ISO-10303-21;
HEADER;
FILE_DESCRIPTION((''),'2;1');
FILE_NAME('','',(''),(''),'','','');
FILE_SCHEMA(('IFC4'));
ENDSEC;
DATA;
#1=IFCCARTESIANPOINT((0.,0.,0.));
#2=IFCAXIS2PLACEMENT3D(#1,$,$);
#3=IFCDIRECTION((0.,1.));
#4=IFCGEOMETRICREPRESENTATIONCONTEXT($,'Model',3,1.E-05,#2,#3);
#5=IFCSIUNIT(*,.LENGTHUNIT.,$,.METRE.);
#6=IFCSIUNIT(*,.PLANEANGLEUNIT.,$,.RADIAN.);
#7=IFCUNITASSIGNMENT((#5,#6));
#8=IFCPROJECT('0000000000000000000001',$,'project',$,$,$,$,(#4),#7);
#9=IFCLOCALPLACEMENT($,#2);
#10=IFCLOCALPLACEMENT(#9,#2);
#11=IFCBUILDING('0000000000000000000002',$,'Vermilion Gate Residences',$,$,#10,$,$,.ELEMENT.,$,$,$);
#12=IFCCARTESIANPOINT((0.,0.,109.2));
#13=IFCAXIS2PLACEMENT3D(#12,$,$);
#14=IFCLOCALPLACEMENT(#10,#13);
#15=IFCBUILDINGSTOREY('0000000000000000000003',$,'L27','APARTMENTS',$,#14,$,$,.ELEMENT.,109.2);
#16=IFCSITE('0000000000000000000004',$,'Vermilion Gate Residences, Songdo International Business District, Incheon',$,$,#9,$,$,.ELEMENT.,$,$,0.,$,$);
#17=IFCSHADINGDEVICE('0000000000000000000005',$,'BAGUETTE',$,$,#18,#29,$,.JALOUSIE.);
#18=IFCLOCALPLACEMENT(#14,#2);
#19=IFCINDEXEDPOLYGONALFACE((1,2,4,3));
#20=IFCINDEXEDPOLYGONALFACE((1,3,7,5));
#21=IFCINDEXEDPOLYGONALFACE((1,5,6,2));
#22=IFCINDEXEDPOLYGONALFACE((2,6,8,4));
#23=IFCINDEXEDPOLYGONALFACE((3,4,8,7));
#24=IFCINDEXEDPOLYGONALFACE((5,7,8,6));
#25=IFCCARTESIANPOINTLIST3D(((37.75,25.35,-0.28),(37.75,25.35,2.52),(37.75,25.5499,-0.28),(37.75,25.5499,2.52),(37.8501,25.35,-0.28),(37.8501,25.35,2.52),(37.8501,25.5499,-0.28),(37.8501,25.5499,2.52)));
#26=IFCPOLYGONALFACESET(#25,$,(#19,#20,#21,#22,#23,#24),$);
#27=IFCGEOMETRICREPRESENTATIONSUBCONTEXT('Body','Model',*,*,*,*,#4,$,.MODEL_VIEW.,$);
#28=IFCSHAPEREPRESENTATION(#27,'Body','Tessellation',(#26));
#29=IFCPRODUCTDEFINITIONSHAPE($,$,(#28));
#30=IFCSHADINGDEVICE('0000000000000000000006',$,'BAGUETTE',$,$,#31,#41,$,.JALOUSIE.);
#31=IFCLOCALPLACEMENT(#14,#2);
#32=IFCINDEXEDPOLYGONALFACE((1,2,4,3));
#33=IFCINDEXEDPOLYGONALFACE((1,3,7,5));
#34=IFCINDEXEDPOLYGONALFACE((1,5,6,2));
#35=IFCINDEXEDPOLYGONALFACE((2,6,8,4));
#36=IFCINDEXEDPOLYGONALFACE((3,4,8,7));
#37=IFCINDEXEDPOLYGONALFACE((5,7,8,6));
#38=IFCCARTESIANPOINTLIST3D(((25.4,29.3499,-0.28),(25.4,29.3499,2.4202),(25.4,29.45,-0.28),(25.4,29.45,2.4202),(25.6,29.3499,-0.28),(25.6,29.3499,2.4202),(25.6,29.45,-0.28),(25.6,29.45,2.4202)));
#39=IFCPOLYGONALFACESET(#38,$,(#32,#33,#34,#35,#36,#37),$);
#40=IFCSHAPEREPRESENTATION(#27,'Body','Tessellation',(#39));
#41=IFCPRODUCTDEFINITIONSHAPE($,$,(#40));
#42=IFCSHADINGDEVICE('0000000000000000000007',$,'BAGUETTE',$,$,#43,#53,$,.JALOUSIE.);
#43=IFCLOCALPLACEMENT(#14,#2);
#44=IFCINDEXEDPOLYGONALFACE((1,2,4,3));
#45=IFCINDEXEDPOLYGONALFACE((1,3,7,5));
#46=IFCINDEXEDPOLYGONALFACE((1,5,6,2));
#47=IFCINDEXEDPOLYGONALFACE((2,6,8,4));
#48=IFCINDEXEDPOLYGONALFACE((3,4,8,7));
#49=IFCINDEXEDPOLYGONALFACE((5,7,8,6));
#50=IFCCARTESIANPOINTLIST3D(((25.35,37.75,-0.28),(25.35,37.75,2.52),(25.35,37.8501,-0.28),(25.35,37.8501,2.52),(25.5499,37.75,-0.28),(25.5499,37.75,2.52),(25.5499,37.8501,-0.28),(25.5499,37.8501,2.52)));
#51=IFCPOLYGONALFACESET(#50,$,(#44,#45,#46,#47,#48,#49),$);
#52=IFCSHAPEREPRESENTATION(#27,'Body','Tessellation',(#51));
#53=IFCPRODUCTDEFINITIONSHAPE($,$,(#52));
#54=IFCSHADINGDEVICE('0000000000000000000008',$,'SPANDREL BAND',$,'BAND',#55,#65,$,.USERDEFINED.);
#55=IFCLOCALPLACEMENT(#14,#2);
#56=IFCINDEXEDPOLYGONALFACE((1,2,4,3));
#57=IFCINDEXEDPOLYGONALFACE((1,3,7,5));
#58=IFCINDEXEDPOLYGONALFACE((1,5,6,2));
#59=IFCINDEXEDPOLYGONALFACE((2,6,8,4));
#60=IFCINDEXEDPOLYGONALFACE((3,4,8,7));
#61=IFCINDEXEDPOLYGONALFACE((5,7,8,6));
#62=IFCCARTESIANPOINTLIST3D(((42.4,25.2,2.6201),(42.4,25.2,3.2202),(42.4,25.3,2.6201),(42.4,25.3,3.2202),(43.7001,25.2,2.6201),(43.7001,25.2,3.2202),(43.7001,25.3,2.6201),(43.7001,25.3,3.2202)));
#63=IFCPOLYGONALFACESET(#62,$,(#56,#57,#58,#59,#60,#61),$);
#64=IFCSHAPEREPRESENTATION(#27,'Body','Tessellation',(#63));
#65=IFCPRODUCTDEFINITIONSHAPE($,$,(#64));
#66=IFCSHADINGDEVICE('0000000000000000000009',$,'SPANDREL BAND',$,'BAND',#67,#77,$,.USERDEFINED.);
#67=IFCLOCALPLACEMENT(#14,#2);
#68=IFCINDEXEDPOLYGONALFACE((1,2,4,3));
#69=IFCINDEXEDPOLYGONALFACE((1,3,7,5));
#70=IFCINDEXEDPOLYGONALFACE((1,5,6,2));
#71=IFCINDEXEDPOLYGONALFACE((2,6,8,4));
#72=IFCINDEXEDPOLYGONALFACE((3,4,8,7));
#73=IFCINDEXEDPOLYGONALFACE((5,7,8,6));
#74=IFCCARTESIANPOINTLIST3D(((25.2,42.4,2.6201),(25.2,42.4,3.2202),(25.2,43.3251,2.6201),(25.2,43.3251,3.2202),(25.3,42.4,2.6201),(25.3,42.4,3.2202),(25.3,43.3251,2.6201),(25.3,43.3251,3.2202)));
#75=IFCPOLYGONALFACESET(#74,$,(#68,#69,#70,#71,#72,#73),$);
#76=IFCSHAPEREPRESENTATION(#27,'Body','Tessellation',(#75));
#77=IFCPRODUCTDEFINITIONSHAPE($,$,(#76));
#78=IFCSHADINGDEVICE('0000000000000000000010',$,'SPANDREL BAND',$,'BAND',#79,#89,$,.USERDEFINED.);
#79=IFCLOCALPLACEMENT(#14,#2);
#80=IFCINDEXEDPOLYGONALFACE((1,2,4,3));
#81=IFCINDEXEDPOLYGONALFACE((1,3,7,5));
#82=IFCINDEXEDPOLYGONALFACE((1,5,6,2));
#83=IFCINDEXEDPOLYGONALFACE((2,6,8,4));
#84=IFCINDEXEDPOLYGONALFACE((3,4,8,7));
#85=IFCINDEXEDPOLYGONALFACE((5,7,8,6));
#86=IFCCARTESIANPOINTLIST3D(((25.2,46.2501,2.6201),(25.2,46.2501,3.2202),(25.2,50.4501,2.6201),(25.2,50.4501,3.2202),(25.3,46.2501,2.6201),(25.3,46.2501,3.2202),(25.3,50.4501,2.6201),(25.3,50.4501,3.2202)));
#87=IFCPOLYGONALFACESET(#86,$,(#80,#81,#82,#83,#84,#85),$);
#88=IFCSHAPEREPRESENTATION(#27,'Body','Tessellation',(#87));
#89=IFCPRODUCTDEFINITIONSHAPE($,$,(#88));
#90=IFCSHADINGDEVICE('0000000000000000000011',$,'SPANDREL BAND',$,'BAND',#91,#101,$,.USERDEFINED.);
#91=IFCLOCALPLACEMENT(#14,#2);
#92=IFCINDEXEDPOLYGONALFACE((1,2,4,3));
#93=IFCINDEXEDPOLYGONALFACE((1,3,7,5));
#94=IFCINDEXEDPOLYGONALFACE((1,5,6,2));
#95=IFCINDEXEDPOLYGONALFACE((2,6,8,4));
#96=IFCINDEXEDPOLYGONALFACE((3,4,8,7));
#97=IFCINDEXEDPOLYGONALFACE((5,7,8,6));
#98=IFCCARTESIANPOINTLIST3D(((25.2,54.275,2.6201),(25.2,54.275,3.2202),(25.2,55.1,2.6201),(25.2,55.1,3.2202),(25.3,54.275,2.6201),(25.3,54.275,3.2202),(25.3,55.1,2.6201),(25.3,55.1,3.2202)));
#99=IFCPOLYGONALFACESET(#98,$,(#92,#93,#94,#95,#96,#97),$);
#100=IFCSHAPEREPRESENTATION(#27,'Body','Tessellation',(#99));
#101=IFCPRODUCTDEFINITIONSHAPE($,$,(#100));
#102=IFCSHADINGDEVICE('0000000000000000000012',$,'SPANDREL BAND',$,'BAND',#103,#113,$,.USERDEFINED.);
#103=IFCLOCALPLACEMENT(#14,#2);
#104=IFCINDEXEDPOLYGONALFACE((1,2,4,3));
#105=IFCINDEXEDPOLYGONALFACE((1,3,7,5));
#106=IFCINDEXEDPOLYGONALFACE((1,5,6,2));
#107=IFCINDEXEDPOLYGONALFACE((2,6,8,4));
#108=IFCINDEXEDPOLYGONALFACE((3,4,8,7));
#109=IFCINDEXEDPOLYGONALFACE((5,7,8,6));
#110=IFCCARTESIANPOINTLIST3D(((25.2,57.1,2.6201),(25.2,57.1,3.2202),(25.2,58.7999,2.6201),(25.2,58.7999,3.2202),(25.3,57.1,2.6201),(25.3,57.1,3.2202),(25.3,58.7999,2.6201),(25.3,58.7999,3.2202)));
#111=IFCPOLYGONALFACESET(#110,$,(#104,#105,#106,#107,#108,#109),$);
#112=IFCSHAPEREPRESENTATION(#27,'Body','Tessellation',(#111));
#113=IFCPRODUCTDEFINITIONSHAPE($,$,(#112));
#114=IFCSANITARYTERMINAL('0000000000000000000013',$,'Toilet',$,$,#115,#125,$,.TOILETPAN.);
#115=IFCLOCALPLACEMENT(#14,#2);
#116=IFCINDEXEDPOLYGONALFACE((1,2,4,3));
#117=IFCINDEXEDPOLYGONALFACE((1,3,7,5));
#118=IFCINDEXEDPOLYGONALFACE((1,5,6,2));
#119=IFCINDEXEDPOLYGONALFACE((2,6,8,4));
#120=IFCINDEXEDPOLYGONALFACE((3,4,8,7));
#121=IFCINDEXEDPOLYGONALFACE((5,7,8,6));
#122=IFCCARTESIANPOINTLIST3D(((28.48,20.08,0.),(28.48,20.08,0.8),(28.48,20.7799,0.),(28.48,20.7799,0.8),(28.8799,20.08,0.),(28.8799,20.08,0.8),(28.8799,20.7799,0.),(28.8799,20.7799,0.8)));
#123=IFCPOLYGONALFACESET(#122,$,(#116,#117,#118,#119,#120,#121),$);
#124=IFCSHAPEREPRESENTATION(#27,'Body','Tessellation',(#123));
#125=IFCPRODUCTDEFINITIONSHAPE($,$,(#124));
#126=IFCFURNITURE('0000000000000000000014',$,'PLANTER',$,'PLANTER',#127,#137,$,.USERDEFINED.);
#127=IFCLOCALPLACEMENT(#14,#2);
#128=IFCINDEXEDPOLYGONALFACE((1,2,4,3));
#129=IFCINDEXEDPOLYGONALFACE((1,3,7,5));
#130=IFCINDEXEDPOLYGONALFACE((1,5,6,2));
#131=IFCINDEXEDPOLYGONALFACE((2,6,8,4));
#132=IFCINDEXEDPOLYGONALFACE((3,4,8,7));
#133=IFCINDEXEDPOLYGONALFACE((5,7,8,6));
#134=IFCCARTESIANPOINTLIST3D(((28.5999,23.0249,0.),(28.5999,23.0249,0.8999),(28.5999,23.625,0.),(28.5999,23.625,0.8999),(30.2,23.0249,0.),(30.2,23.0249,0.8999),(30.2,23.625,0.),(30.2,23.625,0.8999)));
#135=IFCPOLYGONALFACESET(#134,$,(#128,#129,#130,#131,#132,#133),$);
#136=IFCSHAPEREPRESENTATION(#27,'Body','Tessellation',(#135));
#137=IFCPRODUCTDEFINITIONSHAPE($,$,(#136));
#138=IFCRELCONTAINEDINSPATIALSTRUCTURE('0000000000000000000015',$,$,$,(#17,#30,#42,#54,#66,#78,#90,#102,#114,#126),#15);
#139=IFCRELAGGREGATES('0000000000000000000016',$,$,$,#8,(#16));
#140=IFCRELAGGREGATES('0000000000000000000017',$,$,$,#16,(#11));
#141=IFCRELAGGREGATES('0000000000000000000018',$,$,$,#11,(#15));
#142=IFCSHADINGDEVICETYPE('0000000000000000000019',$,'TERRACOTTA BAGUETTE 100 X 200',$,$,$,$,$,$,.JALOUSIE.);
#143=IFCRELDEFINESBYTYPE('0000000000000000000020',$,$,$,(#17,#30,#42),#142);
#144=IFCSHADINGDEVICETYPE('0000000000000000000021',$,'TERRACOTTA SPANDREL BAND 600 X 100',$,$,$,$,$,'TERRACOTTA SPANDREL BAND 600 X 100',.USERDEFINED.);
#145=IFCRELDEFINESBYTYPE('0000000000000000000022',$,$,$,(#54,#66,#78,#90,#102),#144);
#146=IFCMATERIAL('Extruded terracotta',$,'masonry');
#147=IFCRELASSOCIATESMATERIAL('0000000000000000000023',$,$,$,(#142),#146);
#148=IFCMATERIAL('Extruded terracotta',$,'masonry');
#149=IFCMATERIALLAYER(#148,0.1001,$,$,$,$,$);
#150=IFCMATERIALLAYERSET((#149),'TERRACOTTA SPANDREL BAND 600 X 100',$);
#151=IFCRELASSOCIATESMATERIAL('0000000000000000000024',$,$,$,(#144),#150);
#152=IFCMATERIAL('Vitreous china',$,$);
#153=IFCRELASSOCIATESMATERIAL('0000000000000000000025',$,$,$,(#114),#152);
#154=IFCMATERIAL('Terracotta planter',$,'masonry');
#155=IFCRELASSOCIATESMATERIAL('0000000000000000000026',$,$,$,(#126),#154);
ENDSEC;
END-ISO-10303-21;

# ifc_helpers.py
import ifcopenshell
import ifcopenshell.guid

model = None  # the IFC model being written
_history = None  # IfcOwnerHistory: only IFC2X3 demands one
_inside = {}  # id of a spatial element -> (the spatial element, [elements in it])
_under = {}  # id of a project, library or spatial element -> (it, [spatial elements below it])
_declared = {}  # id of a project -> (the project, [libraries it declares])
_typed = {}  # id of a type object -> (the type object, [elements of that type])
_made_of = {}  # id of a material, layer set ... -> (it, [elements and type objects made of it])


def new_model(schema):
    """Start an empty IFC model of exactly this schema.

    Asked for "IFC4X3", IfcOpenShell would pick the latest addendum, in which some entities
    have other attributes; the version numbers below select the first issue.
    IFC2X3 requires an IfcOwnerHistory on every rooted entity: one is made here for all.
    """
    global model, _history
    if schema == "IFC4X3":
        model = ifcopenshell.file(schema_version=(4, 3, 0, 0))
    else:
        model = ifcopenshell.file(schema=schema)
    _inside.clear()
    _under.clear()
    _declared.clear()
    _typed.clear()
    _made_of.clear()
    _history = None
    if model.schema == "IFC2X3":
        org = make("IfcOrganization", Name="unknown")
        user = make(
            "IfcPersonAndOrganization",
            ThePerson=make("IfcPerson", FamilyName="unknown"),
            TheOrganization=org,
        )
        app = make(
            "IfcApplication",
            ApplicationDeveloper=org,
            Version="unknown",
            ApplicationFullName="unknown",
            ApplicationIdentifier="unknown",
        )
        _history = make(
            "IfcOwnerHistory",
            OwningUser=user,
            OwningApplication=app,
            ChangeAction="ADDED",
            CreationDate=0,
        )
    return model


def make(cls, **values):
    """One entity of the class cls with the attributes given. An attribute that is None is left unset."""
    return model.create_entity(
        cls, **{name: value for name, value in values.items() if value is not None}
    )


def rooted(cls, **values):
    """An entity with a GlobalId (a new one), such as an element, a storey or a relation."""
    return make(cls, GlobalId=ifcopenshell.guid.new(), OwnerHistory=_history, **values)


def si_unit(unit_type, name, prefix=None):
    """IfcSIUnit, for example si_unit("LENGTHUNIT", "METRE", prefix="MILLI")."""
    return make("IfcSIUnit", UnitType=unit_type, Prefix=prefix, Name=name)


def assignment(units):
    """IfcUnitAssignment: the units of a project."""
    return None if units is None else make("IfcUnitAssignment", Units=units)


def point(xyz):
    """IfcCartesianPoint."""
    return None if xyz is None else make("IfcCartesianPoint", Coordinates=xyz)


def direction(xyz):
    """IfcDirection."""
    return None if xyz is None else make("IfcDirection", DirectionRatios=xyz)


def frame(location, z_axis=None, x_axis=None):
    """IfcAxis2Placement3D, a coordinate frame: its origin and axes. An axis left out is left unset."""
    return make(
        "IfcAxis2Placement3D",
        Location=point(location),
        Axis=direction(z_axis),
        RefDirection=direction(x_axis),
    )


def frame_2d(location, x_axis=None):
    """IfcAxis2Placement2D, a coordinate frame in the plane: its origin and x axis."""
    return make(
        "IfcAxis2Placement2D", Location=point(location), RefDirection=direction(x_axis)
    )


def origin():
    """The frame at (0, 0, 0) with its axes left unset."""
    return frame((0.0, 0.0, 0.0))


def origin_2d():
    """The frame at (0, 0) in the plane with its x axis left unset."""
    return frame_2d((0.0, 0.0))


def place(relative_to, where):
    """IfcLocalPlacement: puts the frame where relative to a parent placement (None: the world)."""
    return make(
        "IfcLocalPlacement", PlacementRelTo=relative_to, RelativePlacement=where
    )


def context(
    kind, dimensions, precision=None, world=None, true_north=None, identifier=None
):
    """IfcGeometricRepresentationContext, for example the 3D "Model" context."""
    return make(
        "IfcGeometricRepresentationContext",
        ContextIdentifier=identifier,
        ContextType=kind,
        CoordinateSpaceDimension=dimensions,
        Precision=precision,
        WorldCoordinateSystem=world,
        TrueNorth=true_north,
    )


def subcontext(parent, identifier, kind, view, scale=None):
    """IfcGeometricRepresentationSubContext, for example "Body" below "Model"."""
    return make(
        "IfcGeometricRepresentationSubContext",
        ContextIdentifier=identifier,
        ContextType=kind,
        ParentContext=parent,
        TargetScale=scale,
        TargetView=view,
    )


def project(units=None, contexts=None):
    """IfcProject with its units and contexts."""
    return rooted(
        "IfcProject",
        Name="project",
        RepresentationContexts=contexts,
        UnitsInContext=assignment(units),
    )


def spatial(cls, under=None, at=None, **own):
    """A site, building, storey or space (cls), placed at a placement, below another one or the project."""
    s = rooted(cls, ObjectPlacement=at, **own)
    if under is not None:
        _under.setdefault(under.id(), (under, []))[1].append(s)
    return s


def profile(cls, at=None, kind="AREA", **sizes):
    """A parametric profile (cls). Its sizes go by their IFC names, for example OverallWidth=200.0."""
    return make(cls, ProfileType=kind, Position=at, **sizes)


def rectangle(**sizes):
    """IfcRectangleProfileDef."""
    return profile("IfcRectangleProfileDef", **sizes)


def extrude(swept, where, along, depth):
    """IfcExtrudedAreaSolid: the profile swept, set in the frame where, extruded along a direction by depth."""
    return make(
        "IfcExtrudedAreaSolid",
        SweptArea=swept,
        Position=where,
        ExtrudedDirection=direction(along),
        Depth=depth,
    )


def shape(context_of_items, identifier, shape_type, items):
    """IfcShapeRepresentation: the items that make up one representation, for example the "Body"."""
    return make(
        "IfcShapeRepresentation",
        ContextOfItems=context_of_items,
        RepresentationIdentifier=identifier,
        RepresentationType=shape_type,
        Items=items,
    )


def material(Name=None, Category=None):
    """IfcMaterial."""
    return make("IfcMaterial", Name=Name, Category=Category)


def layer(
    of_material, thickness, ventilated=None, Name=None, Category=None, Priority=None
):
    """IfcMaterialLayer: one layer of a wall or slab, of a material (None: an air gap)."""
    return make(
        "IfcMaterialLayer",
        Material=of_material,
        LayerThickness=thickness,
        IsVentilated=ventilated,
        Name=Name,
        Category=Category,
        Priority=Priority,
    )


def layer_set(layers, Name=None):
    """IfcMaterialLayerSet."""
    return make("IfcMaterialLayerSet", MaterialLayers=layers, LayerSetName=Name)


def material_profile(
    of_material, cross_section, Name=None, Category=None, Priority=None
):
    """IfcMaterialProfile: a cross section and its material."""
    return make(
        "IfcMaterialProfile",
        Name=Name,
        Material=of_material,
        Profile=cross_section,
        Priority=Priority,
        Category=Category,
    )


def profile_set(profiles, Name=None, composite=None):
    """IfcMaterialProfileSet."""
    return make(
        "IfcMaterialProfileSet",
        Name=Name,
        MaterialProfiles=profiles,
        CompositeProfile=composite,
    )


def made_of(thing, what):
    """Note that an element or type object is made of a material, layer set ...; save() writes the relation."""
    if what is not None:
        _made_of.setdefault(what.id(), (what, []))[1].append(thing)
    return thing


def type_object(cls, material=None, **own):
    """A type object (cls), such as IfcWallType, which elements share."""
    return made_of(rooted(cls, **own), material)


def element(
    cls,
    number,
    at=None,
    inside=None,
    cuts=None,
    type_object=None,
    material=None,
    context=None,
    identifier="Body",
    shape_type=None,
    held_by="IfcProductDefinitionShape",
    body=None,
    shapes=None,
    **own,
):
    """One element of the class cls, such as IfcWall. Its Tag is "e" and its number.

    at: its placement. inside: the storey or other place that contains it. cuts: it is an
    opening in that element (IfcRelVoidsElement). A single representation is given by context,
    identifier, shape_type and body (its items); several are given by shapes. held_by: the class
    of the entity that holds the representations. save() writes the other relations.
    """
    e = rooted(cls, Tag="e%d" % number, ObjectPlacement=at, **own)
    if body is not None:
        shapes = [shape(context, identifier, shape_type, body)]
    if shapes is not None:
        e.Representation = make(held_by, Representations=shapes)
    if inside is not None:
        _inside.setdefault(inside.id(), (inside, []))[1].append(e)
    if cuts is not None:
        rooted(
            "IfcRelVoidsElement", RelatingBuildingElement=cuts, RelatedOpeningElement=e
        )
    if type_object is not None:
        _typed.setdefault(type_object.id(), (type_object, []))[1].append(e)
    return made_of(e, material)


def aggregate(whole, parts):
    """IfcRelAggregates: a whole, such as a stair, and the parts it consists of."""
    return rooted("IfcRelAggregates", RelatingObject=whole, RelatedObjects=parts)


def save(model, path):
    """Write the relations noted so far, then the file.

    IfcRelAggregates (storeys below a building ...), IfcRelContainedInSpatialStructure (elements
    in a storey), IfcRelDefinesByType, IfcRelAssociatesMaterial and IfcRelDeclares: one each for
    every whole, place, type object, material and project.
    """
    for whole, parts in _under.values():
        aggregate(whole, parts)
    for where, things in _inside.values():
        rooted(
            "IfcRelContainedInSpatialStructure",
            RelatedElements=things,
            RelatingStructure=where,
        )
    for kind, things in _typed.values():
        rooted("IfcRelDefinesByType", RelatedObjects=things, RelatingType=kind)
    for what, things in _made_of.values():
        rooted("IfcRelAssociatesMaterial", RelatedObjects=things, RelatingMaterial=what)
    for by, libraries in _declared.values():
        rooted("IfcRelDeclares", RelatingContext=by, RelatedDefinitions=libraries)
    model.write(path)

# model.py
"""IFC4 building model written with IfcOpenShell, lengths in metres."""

from ifc_helpers import new_model, si_unit, direction, frame, origin, origin_2d, place, context, subcontext, project, spatial, rectangle, extrude, material, layer, layer_set, material_profile, profile_set, type_object, element, save


model = new_model("IFC4")

# Units and contexts
model_context = context("Model", 3, precision=1e-05, world=origin(), true_north=direction((0.0, 1.0)))
body_context = subcontext(model_context, "Body", "Model", "MODEL_VIEW")
ifc_project = project(units=[si_unit("LENGTHUNIT", "METRE"), si_unit("PLANEANGLEUNIT", "RADIAN")], contexts=[model_context])

# Site, building, storey
site_placement = place(None, origin())
site = spatial("IfcSite", under=ifc_project, at=site_placement, Name="Vermilion Gate Residences, Songdo International Business District, Incheon", CompositionType="ELEMENT", RefElevation=0.0)
building_placement = place(site_placement, origin())
building = spatial("IfcBuilding", under=site, at=building_placement, Name="Vermilion Gate Residences", CompositionType="ELEMENT")
storey_placement = place(building_placement, frame((0.0, 0.0, 109.2)))
storey = spatial("IfcBuildingStorey", under=building, at=storey_placement, Name="L27", Description="APARTMENTS", CompositionType="ELEMENT", Elevation=109.2)

# Shading devices
ifc_material_1 = material(Name="Extruded terracotta", Category="masonry")
ifc_material_profile_1 = material_profile(ifc_material_1, rectangle(XDim=0.2, YDim=0.1001, at=origin_2d()), Name="BAGUETTE 100 X 200")
ifc_profile_set_1 = profile_set([ifc_material_profile_1], Name="Extruded terracotta")
shading_device_type_1 = type_object("IfcShadingDeviceType", Name="TERRACOTTA BAGUETTE 100 X 200", PredefinedType="JALOUSIE", material=ifc_profile_set_1)
shading_device_1_placement = place(storey_placement, frame((37.8, 25.45, -0.28), z_axis=(0.0, 0.0, 1.0), x_axis=(0.0, -1.0, 0.0)))
element("IfcShadingDevice", 1, at=shading_device_1_placement, inside=storey, type_object=shading_device_type_1, Name="BAGUETTE", PredefinedType="JALOUSIE", context=body_context, shape_type="SweptSolid", body=[
    extrude(rectangle(XDim=0.2, YDim=0.1001, at=origin_2d()), origin(), (0.0, 0.0, 1.0), 2.8),
])
shading_device_2_placement = place(storey_placement, frame((25.5, 29.3999, -0.28), z_axis=(0.0, 0.0, 1.0), x_axis=(-1.0, 0.0, 0.0)))
element("IfcShadingDevice", 2, at=shading_device_2_placement, inside=storey, type_object=shading_device_type_1, Name="BAGUETTE", PredefinedType="JALOUSIE", context=body_context, shape_type="SweptSolid", body=[
    extrude(rectangle(XDim=0.2, YDim=0.1001, at=origin_2d()), origin(), (0.0, 0.0, 1.0), 2.7002),
])
shading_device_3_placement = place(storey_placement, frame((25.45, 37.8, -0.28), z_axis=(0.0, 0.0, 1.0), x_axis=(-1.0, 0.0, 0.0)))
element("IfcShadingDevice", 3, at=shading_device_3_placement, inside=storey, type_object=shading_device_type_1, Name="BAGUETTE", PredefinedType="JALOUSIE", context=body_context, shape_type="SweptSolid", body=[
    extrude(rectangle(XDim=0.2, YDim=0.1001, at=origin_2d()), origin(), (0.0, 0.0, 1.0), 2.8),
])
ifc_material_2 = material(Name="Extruded terracotta", Category="masonry")
ifc_layer_1 = layer(ifc_material_2, 0.1001)
ifc_layer_set_1 = layer_set([ifc_layer_1], Name="TERRACOTTA SPANDREL BAND 600 X 100")
shading_device_type_2 = type_object("IfcShadingDeviceType", Name="TERRACOTTA SPANDREL BAND 600 X 100", ElementType="TERRACOTTA SPANDREL BAND 600 X 100", PredefinedType="USERDEFINED", material=ifc_layer_set_1)
shading_device_4_placement = place(storey_placement, frame((43.05, 25.25, 2.6201), z_axis=(0.0, 0.0, 1.0), x_axis=(1.0, 0.0, 0.0)))
element("IfcShadingDevice", 4, at=shading_device_4_placement, inside=storey, type_object=shading_device_type_2, Name="SPANDREL BAND", ObjectType="BAND", PredefinedType="USERDEFINED", context=body_context, shape_type="SweptSolid", body=[
    extrude(rectangle(XDim=1.3, YDim=0.1001, at=origin_2d()), origin(), (0.0, 0.0, 1.0), 0.6001),
])
shading_device_5_placement = place(storey_placement, frame((25.25, 42.8625, 2.6201), z_axis=(0.0, 0.0, 1.0), x_axis=(0.0, 1.0, 0.0)))
element("IfcShadingDevice", 5, at=shading_device_5_placement, inside=storey, type_object=shading_device_type_2, Name="SPANDREL BAND", ObjectType="BAND", PredefinedType="USERDEFINED", context=body_context, shape_type="SweptSolid", body=[
    extrude(rectangle(XDim=0.925, YDim=0.1001, at=origin_2d()), origin(), (0.0, 0.0, 1.0), 0.6001),
])
shading_device_6_placement = place(storey_placement, frame((25.25, 48.3501, 2.6201), z_axis=(0.0, 0.0, 1.0), x_axis=(0.0, 1.0, 0.0)))
element("IfcShadingDevice", 6, at=shading_device_6_placement, inside=storey, type_object=shading_device_type_2, Name="SPANDREL BAND", ObjectType="BAND", PredefinedType="USERDEFINED", context=body_context, shape_type="SweptSolid", body=[
    extrude(rectangle(XDim=4.2, YDim=0.1001, at=origin_2d()), origin(), (0.0, 0.0, 1.0), 0.6001),
])
shading_device_7_placement = place(storey_placement, frame((25.25, 54.6875, 2.6201), z_axis=(0.0, 0.0, 1.0), x_axis=(0.0, 1.0, 0.0)))
element("IfcShadingDevice", 7, at=shading_device_7_placement, inside=storey, type_object=shading_device_type_2, Name="SPANDREL BAND", ObjectType="BAND", PredefinedType="USERDEFINED", context=body_context, shape_type="SweptSolid", body=[
    extrude(rectangle(XDim=0.825, YDim=0.1001, at=origin_2d()), origin(), (0.0, 0.0, 1.0), 0.6001),
])
shading_device_8_placement = place(storey_placement, frame((25.25, 57.95, 2.6201), z_axis=(0.0, 0.0, 1.0), x_axis=(0.0, 1.0, 0.0)))
element("IfcShadingDevice", 8, at=shading_device_8_placement, inside=storey, type_object=shading_device_type_2, Name="SPANDREL BAND", ObjectType="BAND", PredefinedType="USERDEFINED", context=body_context, shape_type="SweptSolid", body=[
    extrude(rectangle(XDim=1.7, YDim=0.1001, at=origin_2d()), origin(), (0.0, 0.0, 1.0), 0.6001),
])

# Sanitary terminal
ifc_material_3 = material(Name="Vitreous china")
sanitary_terminal_placement = place(storey_placement, frame((28.6799, 20.4299, 0.0), z_axis=(0.0, 0.0, 1.0), x_axis=(1.0, 0.0, 0.0)))
element("IfcSanitaryTerminal", 9, at=sanitary_terminal_placement, inside=storey, material=ifc_material_3, Name="Toilet", PredefinedType="TOILETPAN", context=body_context, shape_type="SweptSolid", body=[
    extrude(rectangle(XDim=0.3999, YDim=0.7, at=origin_2d()), origin(), (0.0, 0.0, 1.0), 0.8),
])

# Furniture
ifc_material_4 = material(Name="Terracotta planter", Category="masonry")
furniture_placement = place(storey_placement, frame((29.3999, 23.325, 0.0), z_axis=(0.0, 0.0, 1.0), x_axis=(-1.0, 0.0, 0.0)))
element("IfcFurniture", 10, at=furniture_placement, inside=storey, material=ifc_material_4, Name="PLANTER", ObjectType="PLANTER", PredefinedType="USERDEFINED", context=body_context, shape_type="SweptSolid", body=[
    extrude(rectangle(XDim=1.6001, YDim=0.6001, at=origin_2d()), origin(), (0.0, 0.0, 1.0), 0.8999),
])

save(model, "model.ifc")
